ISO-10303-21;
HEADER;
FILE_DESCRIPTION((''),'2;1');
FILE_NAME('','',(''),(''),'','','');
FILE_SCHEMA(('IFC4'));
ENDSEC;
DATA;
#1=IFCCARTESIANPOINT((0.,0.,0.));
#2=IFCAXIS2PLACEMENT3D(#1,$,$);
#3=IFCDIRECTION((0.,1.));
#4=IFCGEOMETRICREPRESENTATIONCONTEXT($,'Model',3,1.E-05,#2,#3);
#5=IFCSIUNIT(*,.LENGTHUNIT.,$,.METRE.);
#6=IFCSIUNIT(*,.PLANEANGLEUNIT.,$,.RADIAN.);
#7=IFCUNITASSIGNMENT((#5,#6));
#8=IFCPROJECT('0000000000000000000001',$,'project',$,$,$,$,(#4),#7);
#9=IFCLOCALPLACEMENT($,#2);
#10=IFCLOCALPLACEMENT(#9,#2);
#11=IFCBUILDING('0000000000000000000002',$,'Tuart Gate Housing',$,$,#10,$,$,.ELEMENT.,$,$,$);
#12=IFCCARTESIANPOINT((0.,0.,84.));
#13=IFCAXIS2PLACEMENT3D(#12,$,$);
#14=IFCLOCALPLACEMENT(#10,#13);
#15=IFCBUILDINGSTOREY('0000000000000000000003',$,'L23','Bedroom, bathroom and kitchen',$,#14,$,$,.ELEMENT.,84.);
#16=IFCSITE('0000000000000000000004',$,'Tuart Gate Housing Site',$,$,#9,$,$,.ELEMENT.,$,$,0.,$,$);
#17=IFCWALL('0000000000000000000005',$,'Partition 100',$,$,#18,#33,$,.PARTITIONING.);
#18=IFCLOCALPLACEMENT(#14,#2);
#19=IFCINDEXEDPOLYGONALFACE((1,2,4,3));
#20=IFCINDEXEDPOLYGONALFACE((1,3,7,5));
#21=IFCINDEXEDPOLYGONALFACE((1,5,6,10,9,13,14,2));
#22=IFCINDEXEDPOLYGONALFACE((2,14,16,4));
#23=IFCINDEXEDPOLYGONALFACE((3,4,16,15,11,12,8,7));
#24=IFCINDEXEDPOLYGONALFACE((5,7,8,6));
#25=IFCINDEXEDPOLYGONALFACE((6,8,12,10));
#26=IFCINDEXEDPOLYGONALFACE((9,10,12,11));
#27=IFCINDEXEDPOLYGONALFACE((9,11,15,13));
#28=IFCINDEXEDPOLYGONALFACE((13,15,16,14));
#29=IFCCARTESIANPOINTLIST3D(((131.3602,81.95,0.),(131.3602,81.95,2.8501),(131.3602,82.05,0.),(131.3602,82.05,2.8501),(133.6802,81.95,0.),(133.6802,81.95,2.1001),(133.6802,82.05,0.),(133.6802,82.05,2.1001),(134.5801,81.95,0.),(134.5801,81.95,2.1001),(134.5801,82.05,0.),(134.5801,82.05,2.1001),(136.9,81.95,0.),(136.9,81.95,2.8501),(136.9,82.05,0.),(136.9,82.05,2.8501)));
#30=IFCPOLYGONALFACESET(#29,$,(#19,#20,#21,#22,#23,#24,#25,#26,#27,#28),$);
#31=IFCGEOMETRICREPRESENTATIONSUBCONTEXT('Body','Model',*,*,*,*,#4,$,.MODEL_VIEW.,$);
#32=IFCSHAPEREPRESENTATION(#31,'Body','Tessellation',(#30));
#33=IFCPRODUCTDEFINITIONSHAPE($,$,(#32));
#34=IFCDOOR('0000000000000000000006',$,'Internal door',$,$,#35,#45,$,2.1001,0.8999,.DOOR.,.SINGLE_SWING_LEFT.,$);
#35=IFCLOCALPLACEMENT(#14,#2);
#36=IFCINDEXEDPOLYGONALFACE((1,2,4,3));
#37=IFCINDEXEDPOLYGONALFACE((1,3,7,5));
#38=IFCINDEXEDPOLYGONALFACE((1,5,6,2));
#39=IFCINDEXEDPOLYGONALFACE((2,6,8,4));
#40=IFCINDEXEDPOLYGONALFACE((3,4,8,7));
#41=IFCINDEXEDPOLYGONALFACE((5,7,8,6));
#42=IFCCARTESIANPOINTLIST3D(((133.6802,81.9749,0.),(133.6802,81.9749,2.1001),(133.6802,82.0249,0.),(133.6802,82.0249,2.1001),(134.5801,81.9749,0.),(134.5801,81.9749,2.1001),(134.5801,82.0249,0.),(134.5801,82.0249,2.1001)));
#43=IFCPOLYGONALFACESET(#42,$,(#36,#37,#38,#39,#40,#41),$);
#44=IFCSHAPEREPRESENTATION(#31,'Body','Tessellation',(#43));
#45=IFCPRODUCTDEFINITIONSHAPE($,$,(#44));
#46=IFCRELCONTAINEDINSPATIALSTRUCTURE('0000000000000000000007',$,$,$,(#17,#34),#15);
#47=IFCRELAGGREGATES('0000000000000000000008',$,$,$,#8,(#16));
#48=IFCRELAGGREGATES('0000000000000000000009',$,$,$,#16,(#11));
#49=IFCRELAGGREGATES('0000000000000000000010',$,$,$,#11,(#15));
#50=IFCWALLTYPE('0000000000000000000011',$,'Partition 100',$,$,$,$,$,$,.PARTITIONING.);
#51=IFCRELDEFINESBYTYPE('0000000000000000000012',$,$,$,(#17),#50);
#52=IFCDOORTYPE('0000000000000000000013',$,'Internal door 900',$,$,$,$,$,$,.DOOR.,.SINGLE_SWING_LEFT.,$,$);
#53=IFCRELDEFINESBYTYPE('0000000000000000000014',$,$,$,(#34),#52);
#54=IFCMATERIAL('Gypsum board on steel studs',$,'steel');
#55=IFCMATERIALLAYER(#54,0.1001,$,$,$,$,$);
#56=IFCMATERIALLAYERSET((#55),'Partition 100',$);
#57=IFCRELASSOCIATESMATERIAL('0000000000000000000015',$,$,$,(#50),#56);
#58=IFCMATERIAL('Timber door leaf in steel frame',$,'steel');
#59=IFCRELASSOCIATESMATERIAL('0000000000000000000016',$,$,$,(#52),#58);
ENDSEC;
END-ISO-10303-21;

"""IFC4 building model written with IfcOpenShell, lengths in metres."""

from ifc_helpers import new_model, si_unit, direction, frame, frame_2d, origin, place, context, subcontext, project, spatial, rectangle, extrude, material, layer, layer_set, type_object, element, fill, save


model = new_model("IFC4")

# Units and contexts
model_context = context("Model", 3, precision=1e-05, world=origin(), true_north=direction((0.0, 1.0)))
body_context = subcontext(model_context, "Body", "Model", "MODEL_VIEW")
ifc_project = project(units=[si_unit("LENGTHUNIT", "METRE"), si_unit("PLANEANGLEUNIT", "RADIAN")], contexts=[model_context])

# Site, building, storey
site_placement = place(None, origin())
site = spatial("IfcSite", under=ifc_project, at=site_placement, Name="Tuart Gate Housing Site", CompositionType="ELEMENT", RefElevation=0.0)
building_placement = place(site_placement, origin())
building = spatial("IfcBuilding", under=site, at=building_placement, Name="Tuart Gate Housing", CompositionType="ELEMENT")
storey_placement = place(building_placement, frame((0.0, 0.0, 84.0)))
storey = spatial("IfcBuildingStorey", under=building, at=storey_placement, Name="L23", Description="Bedroom, bathroom and kitchen", CompositionType="ELEMENT", Elevation=84.0)

# Shared definitions
ifc_material_1 = material(Name="Gypsum board on steel studs", Category="steel")
ifc_layer_1 = layer(ifc_material_1, 0.1001)
ifc_layer_set_1 = layer_set([ifc_layer_1], Name="Partition 100")
wall_type_1 = type_object("IfcWallType", Name="Partition 100", PredefinedType="PARTITIONING", material=ifc_layer_set_1)

# Wall, opening, door
wall_1_placement = place(storey_placement, frame((131.3601, 82.0, 0.0), z_axis=(0.0, 0.0, 1.0), x_axis=(1.0, 0.0, 0.0)))
wall_1 = element("IfcWall", 1, at=wall_1_placement, inside=storey, type_object=wall_type_1, Name="Partition 100", PredefinedType="PARTITIONING", context=body_context, shape_type="SweptSolid", body=[
    extrude(rectangle(XDim=5.5398, YDim=0.1001, at=frame_2d((2.77, 0.0))), origin(), (0.0, 0.0, 1.0), 2.8501),
])
opening_1_placement = place(wall_1_placement, frame((2.3201, 0.0, 0.0)))
opening_1 = element("IfcOpeningElement", 2, at=opening_1_placement, cuts=wall_1, PredefinedType="OPENING", context=body_context, shape_type="SweptSolid", body=[
    extrude(rectangle(XDim=0.8999, YDim=2.1001, at=frame_2d((0.45, 1.05))), frame((0.0, 0.0601, 0.0), z_axis=(0.0, -1.0, 0.0), x_axis=(1.0, 0.0, 0.0)), (0.0, 0.0, 1.0), 0.1201),
])
ifc_material_2 = material(Name="Timber door leaf in steel frame", Category="steel")
door_type = type_object("IfcDoorType", Name="Internal door 900", OperationType="SINGLE_SWING_LEFT", PredefinedType="DOOR", material=ifc_material_2)
door_placement = place(opening_1_placement, origin())
door = element("IfcDoor", 3, at=door_placement, inside=storey, type_object=door_type, Name="Internal door", OperationType="SINGLE_SWING_LEFT", OverallHeight=2.1001, OverallWidth=0.8999, PredefinedType="DOOR", context=body_context, shape_type="SweptSolid", body=[
    extrude(rectangle(XDim=0.8999, YDim=2.1001, at=frame_2d((0.45, 1.05))), frame((0.0, 0.0249, 0.0), z_axis=(0.0, -1.0, 0.0), x_axis=(1.0, 0.0, 0.0)), (0.0, 0.0, 1.0), 0.05),
])
fill(opening_1, door)

save(model, "model.ifc")
